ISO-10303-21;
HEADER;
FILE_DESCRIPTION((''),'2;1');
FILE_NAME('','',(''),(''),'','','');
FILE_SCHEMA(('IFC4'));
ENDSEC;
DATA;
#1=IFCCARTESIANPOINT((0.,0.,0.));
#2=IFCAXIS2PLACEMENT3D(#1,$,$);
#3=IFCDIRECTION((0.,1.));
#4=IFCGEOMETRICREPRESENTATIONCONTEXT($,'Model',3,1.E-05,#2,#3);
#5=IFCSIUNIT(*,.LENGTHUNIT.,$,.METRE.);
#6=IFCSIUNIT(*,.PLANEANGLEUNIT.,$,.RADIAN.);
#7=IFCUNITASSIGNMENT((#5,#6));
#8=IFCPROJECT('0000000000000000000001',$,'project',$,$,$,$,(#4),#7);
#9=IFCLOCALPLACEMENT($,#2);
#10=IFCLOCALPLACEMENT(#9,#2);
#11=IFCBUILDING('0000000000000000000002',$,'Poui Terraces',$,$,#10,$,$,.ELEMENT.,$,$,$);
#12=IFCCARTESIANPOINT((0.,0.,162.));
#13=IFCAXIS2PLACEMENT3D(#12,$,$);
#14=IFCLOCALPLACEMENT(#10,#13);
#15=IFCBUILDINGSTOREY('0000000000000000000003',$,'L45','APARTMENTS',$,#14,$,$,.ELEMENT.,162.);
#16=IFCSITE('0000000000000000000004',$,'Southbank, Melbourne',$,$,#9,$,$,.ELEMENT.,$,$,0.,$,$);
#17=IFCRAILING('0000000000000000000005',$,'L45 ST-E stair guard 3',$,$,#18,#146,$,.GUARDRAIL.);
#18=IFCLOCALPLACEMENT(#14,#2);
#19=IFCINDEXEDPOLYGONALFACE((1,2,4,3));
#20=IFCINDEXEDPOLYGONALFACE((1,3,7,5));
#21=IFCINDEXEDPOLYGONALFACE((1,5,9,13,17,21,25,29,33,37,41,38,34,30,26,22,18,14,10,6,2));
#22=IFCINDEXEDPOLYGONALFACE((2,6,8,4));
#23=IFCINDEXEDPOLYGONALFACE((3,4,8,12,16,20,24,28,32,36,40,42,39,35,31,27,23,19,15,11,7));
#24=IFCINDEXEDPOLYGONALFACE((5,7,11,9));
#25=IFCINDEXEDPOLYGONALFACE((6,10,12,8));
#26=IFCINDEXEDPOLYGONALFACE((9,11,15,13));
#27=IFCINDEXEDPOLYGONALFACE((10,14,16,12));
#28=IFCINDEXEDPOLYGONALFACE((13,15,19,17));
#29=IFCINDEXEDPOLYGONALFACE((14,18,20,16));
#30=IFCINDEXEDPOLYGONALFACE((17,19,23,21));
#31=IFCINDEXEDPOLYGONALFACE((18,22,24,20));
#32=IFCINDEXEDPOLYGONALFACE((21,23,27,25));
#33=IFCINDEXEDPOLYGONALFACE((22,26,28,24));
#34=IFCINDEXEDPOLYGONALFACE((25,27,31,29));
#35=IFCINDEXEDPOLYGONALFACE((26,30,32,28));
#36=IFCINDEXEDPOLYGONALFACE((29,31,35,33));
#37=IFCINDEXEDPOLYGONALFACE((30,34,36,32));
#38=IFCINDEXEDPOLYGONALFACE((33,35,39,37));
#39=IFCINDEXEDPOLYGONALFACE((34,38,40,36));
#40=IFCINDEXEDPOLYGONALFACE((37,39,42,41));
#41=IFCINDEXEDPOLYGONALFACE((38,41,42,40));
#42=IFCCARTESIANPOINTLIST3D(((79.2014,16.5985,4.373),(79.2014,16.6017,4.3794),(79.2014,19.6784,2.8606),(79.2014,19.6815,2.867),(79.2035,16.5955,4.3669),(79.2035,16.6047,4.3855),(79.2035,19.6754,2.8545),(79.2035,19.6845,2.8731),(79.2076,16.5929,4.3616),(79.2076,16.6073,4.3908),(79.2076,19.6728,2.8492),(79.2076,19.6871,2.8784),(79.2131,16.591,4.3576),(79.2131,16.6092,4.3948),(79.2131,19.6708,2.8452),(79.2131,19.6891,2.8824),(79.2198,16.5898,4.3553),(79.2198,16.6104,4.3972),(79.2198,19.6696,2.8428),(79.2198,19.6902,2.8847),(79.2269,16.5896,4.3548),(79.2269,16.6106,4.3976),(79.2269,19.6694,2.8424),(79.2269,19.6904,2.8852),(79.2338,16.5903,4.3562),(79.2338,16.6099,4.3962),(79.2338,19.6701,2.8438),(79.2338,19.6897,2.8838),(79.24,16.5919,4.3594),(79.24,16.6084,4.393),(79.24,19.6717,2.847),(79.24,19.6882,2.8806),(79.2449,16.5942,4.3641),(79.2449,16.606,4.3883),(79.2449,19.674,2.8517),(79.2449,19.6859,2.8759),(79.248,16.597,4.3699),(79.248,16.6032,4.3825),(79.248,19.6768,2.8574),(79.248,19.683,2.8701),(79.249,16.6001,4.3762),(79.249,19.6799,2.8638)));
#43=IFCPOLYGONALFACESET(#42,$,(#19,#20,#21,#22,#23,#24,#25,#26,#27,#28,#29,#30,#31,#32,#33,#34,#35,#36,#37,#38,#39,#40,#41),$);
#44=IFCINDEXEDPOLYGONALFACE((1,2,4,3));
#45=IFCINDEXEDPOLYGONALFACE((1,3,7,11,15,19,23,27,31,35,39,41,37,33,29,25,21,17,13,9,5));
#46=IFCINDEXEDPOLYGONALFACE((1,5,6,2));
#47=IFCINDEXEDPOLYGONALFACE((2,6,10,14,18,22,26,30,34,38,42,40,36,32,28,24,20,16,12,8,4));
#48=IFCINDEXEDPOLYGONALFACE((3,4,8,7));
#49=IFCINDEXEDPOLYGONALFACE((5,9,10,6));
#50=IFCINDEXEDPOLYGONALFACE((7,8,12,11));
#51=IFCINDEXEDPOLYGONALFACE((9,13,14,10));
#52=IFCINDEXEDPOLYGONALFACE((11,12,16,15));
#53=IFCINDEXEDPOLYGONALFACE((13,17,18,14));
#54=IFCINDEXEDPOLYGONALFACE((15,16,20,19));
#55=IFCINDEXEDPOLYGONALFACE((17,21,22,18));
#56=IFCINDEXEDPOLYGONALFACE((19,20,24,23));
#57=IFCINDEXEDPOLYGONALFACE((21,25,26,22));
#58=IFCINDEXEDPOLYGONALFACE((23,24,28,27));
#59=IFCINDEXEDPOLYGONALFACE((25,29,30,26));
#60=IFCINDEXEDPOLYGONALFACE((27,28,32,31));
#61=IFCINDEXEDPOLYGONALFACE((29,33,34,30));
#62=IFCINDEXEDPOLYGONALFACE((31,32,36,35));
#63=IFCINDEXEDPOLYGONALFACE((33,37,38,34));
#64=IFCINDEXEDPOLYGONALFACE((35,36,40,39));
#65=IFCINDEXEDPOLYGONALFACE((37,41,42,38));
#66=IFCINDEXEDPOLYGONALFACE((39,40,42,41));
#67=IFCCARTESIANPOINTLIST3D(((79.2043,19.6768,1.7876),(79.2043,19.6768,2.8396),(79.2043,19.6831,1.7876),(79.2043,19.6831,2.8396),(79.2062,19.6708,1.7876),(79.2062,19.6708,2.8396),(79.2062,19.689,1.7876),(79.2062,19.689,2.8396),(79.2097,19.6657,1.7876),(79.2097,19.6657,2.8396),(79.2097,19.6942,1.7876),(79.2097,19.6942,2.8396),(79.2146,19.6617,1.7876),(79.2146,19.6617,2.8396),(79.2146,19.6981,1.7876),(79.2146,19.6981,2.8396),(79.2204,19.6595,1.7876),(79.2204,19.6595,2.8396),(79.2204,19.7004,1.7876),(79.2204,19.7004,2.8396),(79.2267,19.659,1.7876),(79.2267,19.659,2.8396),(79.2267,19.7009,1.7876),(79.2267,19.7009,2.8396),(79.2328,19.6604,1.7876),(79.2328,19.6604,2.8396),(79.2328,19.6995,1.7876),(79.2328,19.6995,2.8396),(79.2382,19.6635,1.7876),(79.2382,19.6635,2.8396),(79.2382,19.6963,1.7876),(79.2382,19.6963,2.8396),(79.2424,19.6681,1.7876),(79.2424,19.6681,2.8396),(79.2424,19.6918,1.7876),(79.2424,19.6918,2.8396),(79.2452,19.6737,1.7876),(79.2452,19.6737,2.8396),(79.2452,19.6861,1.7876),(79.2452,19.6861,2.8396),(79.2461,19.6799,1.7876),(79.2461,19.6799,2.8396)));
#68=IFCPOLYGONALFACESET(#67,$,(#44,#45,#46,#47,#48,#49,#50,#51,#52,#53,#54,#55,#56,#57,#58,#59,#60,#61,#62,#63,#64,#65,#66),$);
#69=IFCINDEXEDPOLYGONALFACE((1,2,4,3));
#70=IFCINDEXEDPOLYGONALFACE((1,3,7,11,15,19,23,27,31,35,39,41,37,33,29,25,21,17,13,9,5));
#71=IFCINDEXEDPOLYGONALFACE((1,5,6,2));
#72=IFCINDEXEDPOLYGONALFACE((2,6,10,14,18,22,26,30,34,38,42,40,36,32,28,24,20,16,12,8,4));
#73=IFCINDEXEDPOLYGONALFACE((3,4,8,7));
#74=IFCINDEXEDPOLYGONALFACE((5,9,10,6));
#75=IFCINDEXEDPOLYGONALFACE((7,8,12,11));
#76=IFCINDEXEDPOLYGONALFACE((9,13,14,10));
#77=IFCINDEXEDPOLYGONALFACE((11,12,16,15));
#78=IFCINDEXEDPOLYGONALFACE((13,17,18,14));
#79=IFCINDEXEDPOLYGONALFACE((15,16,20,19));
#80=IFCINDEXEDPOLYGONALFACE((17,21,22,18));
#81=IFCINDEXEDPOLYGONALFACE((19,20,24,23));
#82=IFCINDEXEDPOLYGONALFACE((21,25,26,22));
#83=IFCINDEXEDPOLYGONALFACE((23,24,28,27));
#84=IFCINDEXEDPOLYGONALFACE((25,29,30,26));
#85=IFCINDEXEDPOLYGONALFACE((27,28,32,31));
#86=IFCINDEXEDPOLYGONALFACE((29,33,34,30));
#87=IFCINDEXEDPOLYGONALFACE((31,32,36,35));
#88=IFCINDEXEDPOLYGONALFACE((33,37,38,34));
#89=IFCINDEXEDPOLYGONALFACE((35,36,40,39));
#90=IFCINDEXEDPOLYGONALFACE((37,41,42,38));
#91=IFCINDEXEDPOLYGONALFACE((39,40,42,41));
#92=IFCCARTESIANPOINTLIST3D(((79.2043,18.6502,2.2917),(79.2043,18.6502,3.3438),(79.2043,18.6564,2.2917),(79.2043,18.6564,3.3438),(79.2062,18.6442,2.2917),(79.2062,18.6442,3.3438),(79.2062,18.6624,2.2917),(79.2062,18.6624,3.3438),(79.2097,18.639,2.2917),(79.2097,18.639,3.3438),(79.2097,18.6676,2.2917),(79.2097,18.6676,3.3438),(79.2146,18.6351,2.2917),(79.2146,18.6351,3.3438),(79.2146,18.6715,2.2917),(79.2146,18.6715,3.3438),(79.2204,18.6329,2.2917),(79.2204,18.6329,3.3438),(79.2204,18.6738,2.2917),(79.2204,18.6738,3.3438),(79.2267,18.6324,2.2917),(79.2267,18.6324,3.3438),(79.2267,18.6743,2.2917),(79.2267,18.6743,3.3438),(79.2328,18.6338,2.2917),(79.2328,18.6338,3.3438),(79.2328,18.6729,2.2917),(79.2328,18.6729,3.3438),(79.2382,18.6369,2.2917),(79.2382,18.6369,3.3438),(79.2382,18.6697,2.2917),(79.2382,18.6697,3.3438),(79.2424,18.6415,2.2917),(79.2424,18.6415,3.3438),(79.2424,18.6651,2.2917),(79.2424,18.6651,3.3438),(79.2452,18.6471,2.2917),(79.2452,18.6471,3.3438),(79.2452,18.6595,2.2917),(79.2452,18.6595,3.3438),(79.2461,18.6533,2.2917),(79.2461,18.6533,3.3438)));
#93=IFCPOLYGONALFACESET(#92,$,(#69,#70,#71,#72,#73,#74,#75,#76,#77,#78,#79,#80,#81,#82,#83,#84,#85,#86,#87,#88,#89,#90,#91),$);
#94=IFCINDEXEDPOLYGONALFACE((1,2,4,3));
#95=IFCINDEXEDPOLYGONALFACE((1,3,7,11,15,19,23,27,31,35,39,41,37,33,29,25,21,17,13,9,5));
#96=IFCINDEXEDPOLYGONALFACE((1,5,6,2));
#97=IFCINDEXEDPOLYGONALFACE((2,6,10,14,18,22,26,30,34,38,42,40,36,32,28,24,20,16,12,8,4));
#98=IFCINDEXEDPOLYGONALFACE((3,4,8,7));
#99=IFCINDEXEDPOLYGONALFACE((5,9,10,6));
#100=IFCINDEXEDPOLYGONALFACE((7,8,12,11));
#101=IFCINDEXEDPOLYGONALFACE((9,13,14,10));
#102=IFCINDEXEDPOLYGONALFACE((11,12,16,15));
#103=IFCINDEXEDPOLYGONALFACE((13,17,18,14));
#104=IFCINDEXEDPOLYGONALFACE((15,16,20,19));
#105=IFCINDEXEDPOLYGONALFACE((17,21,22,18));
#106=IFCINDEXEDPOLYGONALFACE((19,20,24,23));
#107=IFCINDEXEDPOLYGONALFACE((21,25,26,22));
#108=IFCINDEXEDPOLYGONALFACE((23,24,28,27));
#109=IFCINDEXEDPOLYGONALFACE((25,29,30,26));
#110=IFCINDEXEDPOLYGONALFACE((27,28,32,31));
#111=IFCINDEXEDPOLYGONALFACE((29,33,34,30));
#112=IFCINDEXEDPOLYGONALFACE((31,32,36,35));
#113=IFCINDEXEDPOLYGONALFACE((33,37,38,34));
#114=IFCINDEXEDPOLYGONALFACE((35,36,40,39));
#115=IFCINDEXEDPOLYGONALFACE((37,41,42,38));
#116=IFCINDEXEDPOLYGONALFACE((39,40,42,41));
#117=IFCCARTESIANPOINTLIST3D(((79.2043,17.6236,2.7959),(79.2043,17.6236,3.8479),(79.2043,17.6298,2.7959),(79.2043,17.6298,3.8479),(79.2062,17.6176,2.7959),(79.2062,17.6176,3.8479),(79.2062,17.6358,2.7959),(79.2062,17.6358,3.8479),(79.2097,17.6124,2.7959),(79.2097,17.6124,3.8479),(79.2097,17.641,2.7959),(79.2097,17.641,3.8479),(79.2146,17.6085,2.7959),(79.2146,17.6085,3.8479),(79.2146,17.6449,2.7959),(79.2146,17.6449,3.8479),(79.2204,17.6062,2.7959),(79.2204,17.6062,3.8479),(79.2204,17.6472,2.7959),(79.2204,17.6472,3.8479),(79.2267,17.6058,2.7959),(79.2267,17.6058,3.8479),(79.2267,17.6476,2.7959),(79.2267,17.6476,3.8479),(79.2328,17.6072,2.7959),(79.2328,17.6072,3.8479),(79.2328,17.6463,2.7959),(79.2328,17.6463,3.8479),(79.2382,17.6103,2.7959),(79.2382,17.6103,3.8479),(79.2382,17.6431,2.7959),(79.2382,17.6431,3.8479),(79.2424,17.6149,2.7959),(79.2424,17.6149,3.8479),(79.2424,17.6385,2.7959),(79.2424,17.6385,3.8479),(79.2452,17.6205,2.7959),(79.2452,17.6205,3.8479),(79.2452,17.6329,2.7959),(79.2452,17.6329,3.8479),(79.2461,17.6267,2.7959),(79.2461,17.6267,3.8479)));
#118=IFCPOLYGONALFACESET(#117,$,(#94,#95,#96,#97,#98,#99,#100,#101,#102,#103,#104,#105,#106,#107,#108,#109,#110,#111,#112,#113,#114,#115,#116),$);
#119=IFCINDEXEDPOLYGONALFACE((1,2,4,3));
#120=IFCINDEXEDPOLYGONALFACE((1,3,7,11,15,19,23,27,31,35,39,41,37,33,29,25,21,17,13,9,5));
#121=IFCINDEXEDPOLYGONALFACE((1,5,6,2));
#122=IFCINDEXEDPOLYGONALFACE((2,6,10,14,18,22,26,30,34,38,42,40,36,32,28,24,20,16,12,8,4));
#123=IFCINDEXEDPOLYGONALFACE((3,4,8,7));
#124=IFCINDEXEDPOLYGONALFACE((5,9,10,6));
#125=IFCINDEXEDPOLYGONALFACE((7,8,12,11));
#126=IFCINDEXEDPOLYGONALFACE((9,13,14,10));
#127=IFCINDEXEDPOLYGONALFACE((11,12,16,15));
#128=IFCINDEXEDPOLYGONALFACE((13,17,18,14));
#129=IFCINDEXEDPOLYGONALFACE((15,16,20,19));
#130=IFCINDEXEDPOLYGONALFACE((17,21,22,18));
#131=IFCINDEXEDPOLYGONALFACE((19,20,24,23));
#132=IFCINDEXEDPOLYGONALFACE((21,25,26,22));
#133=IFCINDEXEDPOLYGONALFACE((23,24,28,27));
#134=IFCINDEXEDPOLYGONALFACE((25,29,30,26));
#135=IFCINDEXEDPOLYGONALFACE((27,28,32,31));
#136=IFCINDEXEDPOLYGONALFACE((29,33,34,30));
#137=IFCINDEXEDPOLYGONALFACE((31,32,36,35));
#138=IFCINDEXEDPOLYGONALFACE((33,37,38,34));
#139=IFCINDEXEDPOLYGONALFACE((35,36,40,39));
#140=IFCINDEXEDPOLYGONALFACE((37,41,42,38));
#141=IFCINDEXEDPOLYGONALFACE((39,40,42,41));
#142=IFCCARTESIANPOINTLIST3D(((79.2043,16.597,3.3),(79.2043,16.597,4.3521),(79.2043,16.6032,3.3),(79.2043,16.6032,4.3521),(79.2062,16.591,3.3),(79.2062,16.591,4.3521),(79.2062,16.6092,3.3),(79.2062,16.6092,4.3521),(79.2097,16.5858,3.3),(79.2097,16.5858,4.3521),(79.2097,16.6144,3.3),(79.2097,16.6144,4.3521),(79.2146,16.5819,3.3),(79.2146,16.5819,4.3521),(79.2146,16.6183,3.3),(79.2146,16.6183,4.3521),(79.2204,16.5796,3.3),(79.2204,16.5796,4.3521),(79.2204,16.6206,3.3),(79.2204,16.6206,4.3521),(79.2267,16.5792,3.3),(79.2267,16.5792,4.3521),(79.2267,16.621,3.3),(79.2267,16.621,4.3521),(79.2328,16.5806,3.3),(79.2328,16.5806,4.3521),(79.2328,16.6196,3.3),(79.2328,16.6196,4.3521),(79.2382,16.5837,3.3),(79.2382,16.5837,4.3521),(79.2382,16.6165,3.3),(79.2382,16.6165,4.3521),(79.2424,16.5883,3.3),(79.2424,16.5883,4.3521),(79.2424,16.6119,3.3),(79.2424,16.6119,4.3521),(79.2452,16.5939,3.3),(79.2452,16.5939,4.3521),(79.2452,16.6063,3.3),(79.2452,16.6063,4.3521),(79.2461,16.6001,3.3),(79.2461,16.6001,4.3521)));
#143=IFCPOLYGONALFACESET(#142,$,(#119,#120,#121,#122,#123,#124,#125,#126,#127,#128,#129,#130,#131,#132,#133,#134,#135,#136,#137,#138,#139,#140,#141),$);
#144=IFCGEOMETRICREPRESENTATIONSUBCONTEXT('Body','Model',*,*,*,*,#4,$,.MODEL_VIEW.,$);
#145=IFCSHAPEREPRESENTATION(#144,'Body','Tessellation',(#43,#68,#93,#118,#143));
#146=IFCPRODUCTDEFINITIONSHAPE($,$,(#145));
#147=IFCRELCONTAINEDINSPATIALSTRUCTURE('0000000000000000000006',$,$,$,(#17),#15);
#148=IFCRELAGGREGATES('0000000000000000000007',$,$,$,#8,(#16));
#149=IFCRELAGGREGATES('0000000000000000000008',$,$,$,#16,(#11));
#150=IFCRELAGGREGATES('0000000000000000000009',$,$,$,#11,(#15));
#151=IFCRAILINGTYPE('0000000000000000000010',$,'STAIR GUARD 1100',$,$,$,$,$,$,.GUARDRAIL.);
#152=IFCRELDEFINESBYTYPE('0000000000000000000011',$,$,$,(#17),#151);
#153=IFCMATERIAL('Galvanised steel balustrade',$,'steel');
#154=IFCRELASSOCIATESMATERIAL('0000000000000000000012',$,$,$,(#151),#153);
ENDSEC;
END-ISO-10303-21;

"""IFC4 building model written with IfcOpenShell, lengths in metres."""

from ifc_helpers import new_model, si_unit, direction, frame, origin, origin_2d, place, context, subcontext, project, spatial, circle, extrude, material, type_object, element, save


model = new_model("IFC4")

# Units and contexts
model_context = context("Model", 3, precision=1e-05, world=origin(), true_north=direction((0.0, 1.0)))
body_context = subcontext(model_context, "Body", "Model", "MODEL_VIEW")
ifc_project = project(units=[si_unit("LENGTHUNIT", "METRE"), si_unit("PLANEANGLEUNIT", "RADIAN")], contexts=[model_context])

# Site, building, storey
site_placement = place(None, origin())
site = spatial("IfcSite", under=ifc_project, at=site_placement, Name="Southbank, Melbourne", CompositionType="ELEMENT", RefElevation=0.0)
building_placement = place(site_placement, origin())
building = spatial("IfcBuilding", under=site, at=building_placement, Name="Poui Terraces", CompositionType="ELEMENT")
storey_placement = place(building_placement, frame((0.0, 0.0, 162.0)))
storey = spatial("IfcBuildingStorey", under=building, at=storey_placement, Name="L45", Description="APARTMENTS", CompositionType="ELEMENT", Elevation=162.0)

# Railing
ifc_material_1 = material(Name="Galvanised steel balustrade", Category="steel")
railing_type = type_object("IfcRailingType", Name="STAIR GUARD 1100", PredefinedType="GUARDRAIL", material=ifc_material_1)
railing_placement = place(storey_placement, frame((79.2251, 19.6799, 1.7876)))
element("IfcRailing", 1, at=railing_placement, inside=storey, type_object=railing_type, Name="L45 ST-E stair guard 3", PredefinedType="GUARDRAIL", context=body_context, shape_type="SweptSolid", body=[
    extrude(circle(Radius=0.0239, at=origin_2d()), frame((0.0, 0.0, 1.0762), z_axis=(0.0, -0.897606, 0.440798), x_axis=(1.0, 0.0, 0.0)), (0.0, 0.0, 1.0), 3.4312),
    extrude(circle(Radius=0.021, at=origin_2d()), origin(), (0.0, 0.0, 1.0), 1.052),
    extrude(circle(Radius=0.021, at=origin_2d()), frame((0.0, -1.0266, 0.5042)), (0.0, 0.0, 1.0), 1.052),
    extrude(circle(Radius=0.021, at=origin_2d()), frame((0.0, -2.0532, 1.0083)), (0.0, 0.0, 1.0), 1.052),
    extrude(circle(Radius=0.021, at=origin_2d()), frame((0.0, -3.0798, 1.5125)), (0.0, 0.0, 1.0), 1.052),
])

save(model, "model.ifc")
